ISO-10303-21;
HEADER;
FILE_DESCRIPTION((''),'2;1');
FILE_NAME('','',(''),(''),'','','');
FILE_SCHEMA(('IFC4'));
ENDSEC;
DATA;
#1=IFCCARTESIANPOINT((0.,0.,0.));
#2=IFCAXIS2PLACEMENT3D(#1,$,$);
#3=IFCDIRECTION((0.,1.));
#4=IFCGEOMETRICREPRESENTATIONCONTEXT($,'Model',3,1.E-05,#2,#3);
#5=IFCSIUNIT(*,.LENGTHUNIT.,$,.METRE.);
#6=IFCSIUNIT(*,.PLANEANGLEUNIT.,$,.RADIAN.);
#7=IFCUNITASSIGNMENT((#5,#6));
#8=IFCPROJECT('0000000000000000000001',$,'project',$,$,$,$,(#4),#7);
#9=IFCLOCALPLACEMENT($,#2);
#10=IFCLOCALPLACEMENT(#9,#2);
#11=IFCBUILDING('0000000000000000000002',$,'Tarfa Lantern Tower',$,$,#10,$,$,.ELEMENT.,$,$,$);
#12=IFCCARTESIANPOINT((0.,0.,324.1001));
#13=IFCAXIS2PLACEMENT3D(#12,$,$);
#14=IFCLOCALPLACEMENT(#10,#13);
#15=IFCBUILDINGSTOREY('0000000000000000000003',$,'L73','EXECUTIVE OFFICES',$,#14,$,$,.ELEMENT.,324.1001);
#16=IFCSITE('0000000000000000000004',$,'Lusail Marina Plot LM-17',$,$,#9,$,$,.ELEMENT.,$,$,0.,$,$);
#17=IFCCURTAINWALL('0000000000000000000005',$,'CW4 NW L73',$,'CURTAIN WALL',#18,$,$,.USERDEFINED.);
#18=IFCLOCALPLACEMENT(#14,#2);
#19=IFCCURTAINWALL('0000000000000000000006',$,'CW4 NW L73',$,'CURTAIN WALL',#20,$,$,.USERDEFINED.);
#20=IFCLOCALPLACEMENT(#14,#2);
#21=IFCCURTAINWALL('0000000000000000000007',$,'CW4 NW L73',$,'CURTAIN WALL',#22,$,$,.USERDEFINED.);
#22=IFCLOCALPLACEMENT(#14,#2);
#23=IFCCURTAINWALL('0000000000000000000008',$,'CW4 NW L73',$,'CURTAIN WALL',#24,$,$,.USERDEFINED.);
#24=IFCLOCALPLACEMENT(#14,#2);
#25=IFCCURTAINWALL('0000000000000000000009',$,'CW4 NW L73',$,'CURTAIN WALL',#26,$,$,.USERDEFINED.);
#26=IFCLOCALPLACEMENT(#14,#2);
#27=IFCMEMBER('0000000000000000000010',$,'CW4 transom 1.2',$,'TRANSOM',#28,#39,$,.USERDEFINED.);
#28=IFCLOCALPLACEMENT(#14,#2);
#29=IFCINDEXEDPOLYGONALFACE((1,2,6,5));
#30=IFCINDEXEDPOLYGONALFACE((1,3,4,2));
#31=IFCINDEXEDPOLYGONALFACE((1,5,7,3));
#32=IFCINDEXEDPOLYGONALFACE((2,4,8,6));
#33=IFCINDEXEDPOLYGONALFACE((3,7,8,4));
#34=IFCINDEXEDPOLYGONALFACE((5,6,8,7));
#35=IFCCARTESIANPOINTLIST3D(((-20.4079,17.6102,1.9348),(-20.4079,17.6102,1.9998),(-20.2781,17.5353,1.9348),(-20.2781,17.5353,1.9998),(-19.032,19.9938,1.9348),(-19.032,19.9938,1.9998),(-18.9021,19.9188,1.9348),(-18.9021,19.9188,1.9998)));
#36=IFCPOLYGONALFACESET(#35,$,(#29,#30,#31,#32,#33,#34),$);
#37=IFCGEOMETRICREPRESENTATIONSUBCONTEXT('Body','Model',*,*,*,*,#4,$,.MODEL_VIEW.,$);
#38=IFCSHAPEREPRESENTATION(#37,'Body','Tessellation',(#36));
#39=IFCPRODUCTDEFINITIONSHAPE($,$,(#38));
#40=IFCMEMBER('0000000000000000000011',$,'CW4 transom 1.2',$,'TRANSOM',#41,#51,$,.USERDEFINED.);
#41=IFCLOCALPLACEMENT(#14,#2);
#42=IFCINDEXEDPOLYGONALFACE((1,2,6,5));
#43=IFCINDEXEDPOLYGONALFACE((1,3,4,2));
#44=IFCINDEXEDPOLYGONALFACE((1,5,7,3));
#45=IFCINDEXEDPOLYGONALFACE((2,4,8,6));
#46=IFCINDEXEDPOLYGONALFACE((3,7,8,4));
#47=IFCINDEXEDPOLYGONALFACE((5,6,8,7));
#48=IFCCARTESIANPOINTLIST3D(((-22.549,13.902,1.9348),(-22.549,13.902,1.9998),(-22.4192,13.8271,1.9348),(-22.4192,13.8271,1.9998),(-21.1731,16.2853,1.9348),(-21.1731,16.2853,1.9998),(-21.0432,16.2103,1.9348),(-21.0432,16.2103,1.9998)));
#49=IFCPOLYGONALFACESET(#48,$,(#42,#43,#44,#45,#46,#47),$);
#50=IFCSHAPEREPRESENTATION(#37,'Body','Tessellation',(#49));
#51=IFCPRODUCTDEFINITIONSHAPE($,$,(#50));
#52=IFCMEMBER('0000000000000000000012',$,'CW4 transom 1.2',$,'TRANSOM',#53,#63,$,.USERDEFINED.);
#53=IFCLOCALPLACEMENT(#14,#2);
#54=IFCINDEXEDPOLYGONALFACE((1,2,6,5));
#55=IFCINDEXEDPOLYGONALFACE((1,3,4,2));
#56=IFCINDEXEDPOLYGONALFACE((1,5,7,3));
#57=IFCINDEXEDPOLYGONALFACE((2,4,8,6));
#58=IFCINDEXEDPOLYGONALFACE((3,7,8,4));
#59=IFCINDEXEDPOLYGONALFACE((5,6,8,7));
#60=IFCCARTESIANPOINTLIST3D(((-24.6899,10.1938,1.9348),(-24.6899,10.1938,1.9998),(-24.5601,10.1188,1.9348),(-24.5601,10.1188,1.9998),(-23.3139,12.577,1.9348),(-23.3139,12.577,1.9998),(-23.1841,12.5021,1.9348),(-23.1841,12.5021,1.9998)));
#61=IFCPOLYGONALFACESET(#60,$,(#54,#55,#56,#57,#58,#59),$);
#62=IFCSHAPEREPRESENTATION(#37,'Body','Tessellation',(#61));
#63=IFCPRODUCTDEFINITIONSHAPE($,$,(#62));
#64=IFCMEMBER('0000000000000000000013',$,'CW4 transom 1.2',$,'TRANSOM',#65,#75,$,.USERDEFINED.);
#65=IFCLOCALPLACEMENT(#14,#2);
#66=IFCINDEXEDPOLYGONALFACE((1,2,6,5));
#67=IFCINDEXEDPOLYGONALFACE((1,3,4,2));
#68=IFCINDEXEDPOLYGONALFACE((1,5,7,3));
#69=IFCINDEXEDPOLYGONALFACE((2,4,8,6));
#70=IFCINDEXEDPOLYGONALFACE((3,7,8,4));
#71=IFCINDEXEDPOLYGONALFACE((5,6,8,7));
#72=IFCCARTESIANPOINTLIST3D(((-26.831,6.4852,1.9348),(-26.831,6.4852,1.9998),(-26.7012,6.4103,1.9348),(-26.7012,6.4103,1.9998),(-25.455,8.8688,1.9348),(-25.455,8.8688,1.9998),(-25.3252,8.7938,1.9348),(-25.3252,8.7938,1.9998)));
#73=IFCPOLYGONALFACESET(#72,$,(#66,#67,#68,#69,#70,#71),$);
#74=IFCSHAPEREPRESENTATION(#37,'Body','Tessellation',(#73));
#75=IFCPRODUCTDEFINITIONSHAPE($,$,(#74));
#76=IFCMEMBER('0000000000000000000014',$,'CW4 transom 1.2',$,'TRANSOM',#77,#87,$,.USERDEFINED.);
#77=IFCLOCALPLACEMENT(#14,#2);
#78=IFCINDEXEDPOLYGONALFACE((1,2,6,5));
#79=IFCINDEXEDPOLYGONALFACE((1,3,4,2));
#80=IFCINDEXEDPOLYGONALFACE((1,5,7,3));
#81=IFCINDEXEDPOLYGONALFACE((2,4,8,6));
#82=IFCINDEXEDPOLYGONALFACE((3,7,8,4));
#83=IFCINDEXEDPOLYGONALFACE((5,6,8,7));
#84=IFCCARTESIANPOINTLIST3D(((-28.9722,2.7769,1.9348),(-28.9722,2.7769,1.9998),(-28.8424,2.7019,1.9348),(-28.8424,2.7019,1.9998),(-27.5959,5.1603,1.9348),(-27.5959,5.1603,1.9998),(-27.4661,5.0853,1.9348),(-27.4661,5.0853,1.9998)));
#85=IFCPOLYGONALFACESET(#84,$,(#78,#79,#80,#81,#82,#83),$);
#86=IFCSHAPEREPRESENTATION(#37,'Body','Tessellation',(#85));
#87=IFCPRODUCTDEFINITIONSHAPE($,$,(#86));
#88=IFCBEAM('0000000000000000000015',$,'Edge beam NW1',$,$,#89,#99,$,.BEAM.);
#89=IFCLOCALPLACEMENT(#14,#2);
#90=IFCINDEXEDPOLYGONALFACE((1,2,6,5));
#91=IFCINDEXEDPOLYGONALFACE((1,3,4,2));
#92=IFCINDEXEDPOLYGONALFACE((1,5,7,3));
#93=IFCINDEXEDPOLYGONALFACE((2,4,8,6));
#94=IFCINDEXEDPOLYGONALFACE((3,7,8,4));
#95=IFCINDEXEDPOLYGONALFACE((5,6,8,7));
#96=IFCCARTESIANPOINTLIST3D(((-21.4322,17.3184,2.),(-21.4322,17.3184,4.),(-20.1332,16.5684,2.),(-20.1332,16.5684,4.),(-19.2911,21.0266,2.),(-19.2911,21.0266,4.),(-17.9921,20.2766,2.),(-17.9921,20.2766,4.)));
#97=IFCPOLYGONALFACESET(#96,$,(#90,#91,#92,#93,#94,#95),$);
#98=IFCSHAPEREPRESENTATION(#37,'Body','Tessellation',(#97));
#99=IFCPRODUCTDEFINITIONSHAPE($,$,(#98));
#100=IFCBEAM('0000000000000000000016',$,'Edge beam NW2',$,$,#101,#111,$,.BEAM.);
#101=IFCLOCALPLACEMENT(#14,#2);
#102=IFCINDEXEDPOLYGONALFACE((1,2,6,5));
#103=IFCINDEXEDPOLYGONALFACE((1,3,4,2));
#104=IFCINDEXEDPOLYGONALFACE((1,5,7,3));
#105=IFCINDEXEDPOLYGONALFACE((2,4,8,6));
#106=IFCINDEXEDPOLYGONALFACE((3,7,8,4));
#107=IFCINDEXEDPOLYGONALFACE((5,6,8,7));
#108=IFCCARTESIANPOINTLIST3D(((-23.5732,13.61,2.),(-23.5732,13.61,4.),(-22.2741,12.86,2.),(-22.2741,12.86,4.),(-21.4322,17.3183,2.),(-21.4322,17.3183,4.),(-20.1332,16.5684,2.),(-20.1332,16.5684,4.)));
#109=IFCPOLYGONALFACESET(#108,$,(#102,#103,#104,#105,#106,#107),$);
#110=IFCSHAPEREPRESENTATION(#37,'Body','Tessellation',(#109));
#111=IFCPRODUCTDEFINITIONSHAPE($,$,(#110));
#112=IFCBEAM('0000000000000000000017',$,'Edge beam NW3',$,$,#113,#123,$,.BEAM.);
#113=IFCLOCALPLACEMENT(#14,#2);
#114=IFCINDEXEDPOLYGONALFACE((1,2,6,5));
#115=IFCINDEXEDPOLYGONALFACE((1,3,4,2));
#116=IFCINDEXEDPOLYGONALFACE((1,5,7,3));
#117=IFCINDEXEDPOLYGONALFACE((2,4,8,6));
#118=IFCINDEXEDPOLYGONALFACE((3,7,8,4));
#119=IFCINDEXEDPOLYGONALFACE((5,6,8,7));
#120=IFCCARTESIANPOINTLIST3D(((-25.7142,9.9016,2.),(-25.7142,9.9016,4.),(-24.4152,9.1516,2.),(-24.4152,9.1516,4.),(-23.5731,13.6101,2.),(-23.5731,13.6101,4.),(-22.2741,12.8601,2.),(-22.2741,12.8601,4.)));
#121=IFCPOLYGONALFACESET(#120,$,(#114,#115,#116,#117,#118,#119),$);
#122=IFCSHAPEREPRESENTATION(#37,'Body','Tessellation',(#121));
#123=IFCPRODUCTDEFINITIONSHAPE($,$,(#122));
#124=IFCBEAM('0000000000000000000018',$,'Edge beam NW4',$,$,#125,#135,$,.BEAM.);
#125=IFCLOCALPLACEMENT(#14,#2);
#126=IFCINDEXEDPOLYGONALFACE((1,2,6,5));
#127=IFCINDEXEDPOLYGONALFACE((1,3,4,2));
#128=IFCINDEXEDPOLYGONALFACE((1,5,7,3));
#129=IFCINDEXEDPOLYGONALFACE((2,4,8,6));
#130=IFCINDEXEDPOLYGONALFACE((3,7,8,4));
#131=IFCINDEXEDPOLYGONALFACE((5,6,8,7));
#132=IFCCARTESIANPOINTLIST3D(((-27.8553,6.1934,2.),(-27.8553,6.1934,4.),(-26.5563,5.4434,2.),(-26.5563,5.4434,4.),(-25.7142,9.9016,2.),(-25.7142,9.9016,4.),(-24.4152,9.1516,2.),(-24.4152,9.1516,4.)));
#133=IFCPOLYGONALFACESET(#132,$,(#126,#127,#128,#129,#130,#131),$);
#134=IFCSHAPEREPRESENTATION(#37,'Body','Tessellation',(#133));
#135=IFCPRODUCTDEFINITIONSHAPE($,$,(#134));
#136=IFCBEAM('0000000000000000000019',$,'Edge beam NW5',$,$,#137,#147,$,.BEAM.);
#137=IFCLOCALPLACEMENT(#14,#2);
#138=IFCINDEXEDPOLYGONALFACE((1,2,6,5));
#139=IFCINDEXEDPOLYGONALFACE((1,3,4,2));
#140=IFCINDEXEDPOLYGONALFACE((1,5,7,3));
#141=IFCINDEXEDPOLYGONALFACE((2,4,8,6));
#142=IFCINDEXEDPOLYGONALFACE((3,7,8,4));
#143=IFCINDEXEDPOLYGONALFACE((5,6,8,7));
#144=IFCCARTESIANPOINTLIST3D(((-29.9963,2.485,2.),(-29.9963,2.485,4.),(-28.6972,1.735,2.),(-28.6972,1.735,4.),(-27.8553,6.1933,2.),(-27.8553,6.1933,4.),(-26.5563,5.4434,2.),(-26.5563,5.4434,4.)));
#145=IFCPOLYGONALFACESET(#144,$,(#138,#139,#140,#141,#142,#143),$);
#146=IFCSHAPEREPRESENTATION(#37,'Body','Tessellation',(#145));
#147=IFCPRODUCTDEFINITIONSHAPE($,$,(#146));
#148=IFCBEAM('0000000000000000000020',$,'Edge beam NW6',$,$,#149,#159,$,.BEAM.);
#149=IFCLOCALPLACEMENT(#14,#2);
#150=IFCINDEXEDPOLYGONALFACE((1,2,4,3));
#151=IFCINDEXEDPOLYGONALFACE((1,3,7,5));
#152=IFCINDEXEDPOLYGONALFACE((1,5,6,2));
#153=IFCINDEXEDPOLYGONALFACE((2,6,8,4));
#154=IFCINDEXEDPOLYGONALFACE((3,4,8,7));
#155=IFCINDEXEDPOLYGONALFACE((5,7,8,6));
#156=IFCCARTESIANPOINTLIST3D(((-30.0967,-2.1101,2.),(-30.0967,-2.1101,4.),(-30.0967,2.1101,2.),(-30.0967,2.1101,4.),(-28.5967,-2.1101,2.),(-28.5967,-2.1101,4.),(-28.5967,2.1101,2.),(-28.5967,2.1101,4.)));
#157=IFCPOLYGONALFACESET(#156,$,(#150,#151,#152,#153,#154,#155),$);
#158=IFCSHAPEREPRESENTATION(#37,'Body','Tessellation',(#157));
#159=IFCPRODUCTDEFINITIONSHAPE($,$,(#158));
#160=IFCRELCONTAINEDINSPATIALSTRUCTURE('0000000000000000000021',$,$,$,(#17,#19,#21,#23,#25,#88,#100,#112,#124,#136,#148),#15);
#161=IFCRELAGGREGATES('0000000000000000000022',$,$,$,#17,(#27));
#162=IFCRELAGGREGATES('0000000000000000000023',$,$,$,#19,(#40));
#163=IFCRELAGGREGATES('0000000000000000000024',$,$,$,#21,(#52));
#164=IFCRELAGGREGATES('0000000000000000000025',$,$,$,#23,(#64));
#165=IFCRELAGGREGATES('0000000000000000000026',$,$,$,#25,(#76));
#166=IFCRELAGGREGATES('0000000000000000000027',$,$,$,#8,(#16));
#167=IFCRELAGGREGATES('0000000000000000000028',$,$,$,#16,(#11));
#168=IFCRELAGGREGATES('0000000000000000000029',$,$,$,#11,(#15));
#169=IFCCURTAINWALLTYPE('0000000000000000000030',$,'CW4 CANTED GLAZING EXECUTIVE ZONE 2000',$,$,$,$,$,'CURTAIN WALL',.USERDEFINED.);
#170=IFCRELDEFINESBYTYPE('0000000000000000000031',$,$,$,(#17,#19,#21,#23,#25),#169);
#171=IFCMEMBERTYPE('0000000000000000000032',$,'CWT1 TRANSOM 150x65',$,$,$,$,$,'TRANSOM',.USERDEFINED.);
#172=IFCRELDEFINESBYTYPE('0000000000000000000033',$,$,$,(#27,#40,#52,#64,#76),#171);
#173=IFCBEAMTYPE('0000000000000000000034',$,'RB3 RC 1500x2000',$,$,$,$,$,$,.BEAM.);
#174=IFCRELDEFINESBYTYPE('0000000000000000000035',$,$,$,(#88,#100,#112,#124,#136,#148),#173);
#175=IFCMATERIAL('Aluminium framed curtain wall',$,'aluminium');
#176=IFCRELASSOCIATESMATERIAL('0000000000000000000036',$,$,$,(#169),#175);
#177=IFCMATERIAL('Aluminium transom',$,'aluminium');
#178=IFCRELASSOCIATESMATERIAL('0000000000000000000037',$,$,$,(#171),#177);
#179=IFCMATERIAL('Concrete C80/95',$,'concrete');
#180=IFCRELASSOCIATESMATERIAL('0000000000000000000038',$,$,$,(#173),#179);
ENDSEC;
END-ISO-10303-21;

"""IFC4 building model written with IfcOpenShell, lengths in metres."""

from ifc_helpers import new_model, si_unit, direction, frame, origin, origin_2d, place, context, subcontext, project, spatial, rectangle, extrude, material, material_profile, profile_set, type_object, element, aggregate, save


model = new_model("IFC4")

# Units and contexts
model_context = context("Model", 3, precision=1e-05, world=origin(), true_north=direction((0.0, 1.0)))
body_context = subcontext(model_context, "Body", "Model", "MODEL_VIEW")
ifc_project = project(units=[si_unit("LENGTHUNIT", "METRE"), si_unit("PLANEANGLEUNIT", "RADIAN")], contexts=[model_context])

# Site, building, storey
site_placement = place(None, origin())
site = spatial("IfcSite", under=ifc_project, at=site_placement, Name="Lusail Marina Plot LM-17", CompositionType="ELEMENT", RefElevation=0.0)
building_placement = place(site_placement, origin())
building = spatial("IfcBuilding", under=site, at=building_placement, Name="Tarfa Lantern Tower", CompositionType="ELEMENT")
storey_placement = place(building_placement, frame((0.0, 0.0, 324.1001)))
storey = spatial("IfcBuildingStorey", under=building, at=storey_placement, Name="L73", Description="EXECUTIVE OFFICES", CompositionType="ELEMENT", Elevation=324.1001)

# Shared definitions
ifc_material_1 = material(Name="Concrete C80/95", Category="concrete")

# Curtain walls
ifc_material_2 = material(Name="Aluminium framed curtain wall", Category="aluminium")
curtain_wall_type = type_object("IfcCurtainWallType", Name="CW4 CANTED GLAZING EXECUTIVE ZONE 2000", ElementType="CURTAIN WALL", PredefinedType="USERDEFINED", material=ifc_material_2)
curtain_wall_1_placement = place(storey_placement, origin())
curtain_wall_1 = element("IfcCurtainWall", 1, at=curtain_wall_1_placement, inside=storey, type_object=curtain_wall_type, Name="CW4 NW L73", ObjectType="CURTAIN WALL", PredefinedType="USERDEFINED")
curtain_wall_2_placement = place(storey_placement, origin())
curtain_wall_2 = element("IfcCurtainWall", 2, at=curtain_wall_2_placement, inside=storey, type_object=curtain_wall_type, Name="CW4 NW L73", ObjectType="CURTAIN WALL", PredefinedType="USERDEFINED")
curtain_wall_3_placement = place(storey_placement, origin())
curtain_wall_3 = element("IfcCurtainWall", 3, at=curtain_wall_3_placement, inside=storey, type_object=curtain_wall_type, Name="CW4 NW L73", ObjectType="CURTAIN WALL", PredefinedType="USERDEFINED")
curtain_wall_4_placement = place(storey_placement, origin())
curtain_wall_4 = element("IfcCurtainWall", 4, at=curtain_wall_4_placement, inside=storey, type_object=curtain_wall_type, Name="CW4 NW L73", ObjectType="CURTAIN WALL", PredefinedType="USERDEFINED")
curtain_wall_5_placement = place(storey_placement, origin())
curtain_wall_5 = element("IfcCurtainWall", 5, at=curtain_wall_5_placement, inside=storey, type_object=curtain_wall_type, Name="CW4 NW L73", ObjectType="CURTAIN WALL", PredefinedType="USERDEFINED")

# Members
ifc_material_3 = material(Name="Aluminium transom", Category="aluminium")
ifc_material_profile_1 = material_profile(ifc_material_3, rectangle(XDim=0.1499, YDim=0.0649, at=origin_2d()), Name="AL TRANSOM 150x65")
ifc_profile_set_1 = profile_set([ifc_material_profile_1], Name="Aluminium transom")
member_type_1 = type_object("IfcMemberType", Name="CWT1 TRANSOM 150x65", ElementType="TRANSOM", PredefinedType="USERDEFINED", material=ifc_profile_set_1)
member_1_placement = place(storey_placement, frame((-18.967, 19.9563, 1.9673), z_axis=(-0.499955, -0.866051, 0.0), x_axis=(0.866051, -0.499955, 0.0)))
member_1 = element("IfcMember", 6, at=member_1_placement, type_object=member_type_1, Name="CW4 transom 1.2", ObjectType="TRANSOM", PredefinedType="USERDEFINED", context=body_context, shape_type="SweptSolid", body=[
    extrude(rectangle(XDim=0.1499, YDim=0.0649, at=origin_2d()), origin(), (0.0, 0.0, 1.0), 2.7522),
])
member_2_placement = place(storey_placement, frame((-21.1082, 16.2478, 1.9673), z_axis=(-0.499994, -0.866029, 0.0), x_axis=(0.866029, -0.499994, 0.0)))
member_2 = element("IfcMember", 7, at=member_2_placement, type_object=member_type_1, Name="CW4 transom 1.2", ObjectType="TRANSOM", PredefinedType="USERDEFINED", context=body_context, shape_type="SweptSolid", body=[
    extrude(rectangle(XDim=0.1499, YDim=0.0649, at=origin_2d()), origin(), (0.0, 0.0, 1.0), 2.752),
])
member_3_placement = place(storey_placement, frame((-23.249, 12.5396, 1.9673), z_axis=(-0.499994, -0.866029, 0.0), x_axis=(0.866029, -0.499994, 0.0)))
member_3 = element("IfcMember", 8, at=member_3_placement, type_object=member_type_1, Name="CW4 transom 1.2", ObjectType="TRANSOM", PredefinedType="USERDEFINED", context=body_context, shape_type="SweptSolid", body=[
    extrude(rectangle(XDim=0.1499, YDim=0.0649, at=origin_2d()), origin(), (0.0, 0.0, 1.0), 2.752),
])
member_4_placement = place(storey_placement, frame((-25.3901, 8.8313, 1.9673), z_axis=(-0.499955, -0.866051, 0.0), x_axis=(0.866051, -0.499955, 0.0)))
member_4 = element("IfcMember", 9, at=member_4_placement, type_object=member_type_1, Name="CW4 transom 1.2", ObjectType="TRANSOM", PredefinedType="USERDEFINED", context=body_context, shape_type="SweptSolid", body=[
    extrude(rectangle(XDim=0.1499, YDim=0.0649, at=origin_2d()), origin(), (0.0, 0.0, 1.0), 2.7522),
])
member_5_placement = place(storey_placement, frame((-27.531, 5.1228, 1.9673), z_axis=(-0.50006, -0.865991, 0.0), x_axis=(0.865991, -0.50006, 0.0)))
member_5 = element("IfcMember", 10, at=member_5_placement, type_object=member_type_1, Name="CW4 transom 1.2", ObjectType="TRANSOM", PredefinedType="USERDEFINED", context=body_context, shape_type="SweptSolid", body=[
    extrude(rectangle(XDim=0.1499, YDim=0.0649, at=origin_2d()), origin(), (0.0, 0.0, 1.0), 2.7522),
])

# Beams
ifc_material_profile_2 = material_profile(ifc_material_1, rectangle(XDim=1.5, YDim=2.0, at=origin_2d()), Name="RC 1500x2000")
ifc_profile_set_2 = profile_set([ifc_material_profile_2], Name="Concrete C80/95")
beam_type_1 = type_object("IfcBeamType", Name="RB3 RC 1500x2000", PredefinedType="BEAM", material=ifc_profile_set_2)
for number, where, z_axis, x_axis, name in (
    (11, (-18.6416, 20.6516, 3.0), (-0.500027, -0.86601, 0.0), (0.86601, -0.500027, 0.0), "Edge beam NW1"),
    (12, (-20.7827, 16.9434, 3.0), (-0.499984, -0.866035, 0.0), (0.866035, -0.499984, 0.0), "Edge beam NW2"),
):
    element("IfcBeam", number, at=place(storey_placement, frame(where, z_axis=z_axis, x_axis=x_axis)), inside=storey, type_object=beam_type_1, Name=name, PredefinedType="BEAM", context=body_context, shape_type="SweptSolid", body=[
        extrude(rectangle(XDim=1.5, YDim=2.0, at=origin_2d()), origin(), (0.0, 0.0, 1.0), 4.282),
    ])
beam_1_placement = place(storey_placement, frame((-22.9236, 13.2351, 3.0), z_axis=(-0.500002, -0.866024, 0.0), x_axis=(0.866024, -0.500002, 0.0)))
element("IfcBeam", 13, at=beam_1_placement, inside=storey, type_object=beam_type_1, Name="Edge beam NW3", PredefinedType="BEAM", context=body_context, shape_type="SweptSolid", body=[
    extrude(rectangle(XDim=1.5, YDim=2.0, at=origin_2d()), origin(), (0.0, 0.0, 1.0), 4.2822),
])
for number, where, z_axis, x_axis, name in (
    (14, (-25.0647, 9.5266, 3.0), (-0.500027, -0.86601, 0.0), (0.86601, -0.500027, 0.0), "Edge beam NW4"),
    (15, (-27.2058, 5.8184, 3.0), (-0.499984, -0.866035, 0.0), (0.866035, -0.499984, 0.0), "Edge beam NW5"),
):
    element("IfcBeam", number, at=place(storey_placement, frame(where, z_axis=z_axis, x_axis=x_axis)), inside=storey, type_object=beam_type_1, Name=name, PredefinedType="BEAM", context=body_context, shape_type="SweptSolid", body=[
        extrude(rectangle(XDim=1.5, YDim=2.0, at=origin_2d()), origin(), (0.0, 0.0, 1.0), 4.282),
    ])
beam_2_placement = place(storey_placement, frame((-29.3467, 2.1101, 3.0), z_axis=(0.0, -1.0, 0.0), x_axis=(1.0, 0.0, 0.0)))
element("IfcBeam", 16, at=beam_2_placement, inside=storey, type_object=beam_type_1, Name="Edge beam NW6", PredefinedType="BEAM", context=body_context, shape_type="SweptSolid", body=[
    extrude(rectangle(XDim=1.5, YDim=2.0, at=origin_2d()), origin(), (0.0, 0.0, 1.0), 4.2202),
])

aggregate(curtain_wall_1, [member_1])
aggregate(curtain_wall_2, [member_2])
aggregate(curtain_wall_3, [member_3])
aggregate(curtain_wall_4, [member_4])
aggregate(curtain_wall_5, [member_5])

save(model, "model.ifc")
